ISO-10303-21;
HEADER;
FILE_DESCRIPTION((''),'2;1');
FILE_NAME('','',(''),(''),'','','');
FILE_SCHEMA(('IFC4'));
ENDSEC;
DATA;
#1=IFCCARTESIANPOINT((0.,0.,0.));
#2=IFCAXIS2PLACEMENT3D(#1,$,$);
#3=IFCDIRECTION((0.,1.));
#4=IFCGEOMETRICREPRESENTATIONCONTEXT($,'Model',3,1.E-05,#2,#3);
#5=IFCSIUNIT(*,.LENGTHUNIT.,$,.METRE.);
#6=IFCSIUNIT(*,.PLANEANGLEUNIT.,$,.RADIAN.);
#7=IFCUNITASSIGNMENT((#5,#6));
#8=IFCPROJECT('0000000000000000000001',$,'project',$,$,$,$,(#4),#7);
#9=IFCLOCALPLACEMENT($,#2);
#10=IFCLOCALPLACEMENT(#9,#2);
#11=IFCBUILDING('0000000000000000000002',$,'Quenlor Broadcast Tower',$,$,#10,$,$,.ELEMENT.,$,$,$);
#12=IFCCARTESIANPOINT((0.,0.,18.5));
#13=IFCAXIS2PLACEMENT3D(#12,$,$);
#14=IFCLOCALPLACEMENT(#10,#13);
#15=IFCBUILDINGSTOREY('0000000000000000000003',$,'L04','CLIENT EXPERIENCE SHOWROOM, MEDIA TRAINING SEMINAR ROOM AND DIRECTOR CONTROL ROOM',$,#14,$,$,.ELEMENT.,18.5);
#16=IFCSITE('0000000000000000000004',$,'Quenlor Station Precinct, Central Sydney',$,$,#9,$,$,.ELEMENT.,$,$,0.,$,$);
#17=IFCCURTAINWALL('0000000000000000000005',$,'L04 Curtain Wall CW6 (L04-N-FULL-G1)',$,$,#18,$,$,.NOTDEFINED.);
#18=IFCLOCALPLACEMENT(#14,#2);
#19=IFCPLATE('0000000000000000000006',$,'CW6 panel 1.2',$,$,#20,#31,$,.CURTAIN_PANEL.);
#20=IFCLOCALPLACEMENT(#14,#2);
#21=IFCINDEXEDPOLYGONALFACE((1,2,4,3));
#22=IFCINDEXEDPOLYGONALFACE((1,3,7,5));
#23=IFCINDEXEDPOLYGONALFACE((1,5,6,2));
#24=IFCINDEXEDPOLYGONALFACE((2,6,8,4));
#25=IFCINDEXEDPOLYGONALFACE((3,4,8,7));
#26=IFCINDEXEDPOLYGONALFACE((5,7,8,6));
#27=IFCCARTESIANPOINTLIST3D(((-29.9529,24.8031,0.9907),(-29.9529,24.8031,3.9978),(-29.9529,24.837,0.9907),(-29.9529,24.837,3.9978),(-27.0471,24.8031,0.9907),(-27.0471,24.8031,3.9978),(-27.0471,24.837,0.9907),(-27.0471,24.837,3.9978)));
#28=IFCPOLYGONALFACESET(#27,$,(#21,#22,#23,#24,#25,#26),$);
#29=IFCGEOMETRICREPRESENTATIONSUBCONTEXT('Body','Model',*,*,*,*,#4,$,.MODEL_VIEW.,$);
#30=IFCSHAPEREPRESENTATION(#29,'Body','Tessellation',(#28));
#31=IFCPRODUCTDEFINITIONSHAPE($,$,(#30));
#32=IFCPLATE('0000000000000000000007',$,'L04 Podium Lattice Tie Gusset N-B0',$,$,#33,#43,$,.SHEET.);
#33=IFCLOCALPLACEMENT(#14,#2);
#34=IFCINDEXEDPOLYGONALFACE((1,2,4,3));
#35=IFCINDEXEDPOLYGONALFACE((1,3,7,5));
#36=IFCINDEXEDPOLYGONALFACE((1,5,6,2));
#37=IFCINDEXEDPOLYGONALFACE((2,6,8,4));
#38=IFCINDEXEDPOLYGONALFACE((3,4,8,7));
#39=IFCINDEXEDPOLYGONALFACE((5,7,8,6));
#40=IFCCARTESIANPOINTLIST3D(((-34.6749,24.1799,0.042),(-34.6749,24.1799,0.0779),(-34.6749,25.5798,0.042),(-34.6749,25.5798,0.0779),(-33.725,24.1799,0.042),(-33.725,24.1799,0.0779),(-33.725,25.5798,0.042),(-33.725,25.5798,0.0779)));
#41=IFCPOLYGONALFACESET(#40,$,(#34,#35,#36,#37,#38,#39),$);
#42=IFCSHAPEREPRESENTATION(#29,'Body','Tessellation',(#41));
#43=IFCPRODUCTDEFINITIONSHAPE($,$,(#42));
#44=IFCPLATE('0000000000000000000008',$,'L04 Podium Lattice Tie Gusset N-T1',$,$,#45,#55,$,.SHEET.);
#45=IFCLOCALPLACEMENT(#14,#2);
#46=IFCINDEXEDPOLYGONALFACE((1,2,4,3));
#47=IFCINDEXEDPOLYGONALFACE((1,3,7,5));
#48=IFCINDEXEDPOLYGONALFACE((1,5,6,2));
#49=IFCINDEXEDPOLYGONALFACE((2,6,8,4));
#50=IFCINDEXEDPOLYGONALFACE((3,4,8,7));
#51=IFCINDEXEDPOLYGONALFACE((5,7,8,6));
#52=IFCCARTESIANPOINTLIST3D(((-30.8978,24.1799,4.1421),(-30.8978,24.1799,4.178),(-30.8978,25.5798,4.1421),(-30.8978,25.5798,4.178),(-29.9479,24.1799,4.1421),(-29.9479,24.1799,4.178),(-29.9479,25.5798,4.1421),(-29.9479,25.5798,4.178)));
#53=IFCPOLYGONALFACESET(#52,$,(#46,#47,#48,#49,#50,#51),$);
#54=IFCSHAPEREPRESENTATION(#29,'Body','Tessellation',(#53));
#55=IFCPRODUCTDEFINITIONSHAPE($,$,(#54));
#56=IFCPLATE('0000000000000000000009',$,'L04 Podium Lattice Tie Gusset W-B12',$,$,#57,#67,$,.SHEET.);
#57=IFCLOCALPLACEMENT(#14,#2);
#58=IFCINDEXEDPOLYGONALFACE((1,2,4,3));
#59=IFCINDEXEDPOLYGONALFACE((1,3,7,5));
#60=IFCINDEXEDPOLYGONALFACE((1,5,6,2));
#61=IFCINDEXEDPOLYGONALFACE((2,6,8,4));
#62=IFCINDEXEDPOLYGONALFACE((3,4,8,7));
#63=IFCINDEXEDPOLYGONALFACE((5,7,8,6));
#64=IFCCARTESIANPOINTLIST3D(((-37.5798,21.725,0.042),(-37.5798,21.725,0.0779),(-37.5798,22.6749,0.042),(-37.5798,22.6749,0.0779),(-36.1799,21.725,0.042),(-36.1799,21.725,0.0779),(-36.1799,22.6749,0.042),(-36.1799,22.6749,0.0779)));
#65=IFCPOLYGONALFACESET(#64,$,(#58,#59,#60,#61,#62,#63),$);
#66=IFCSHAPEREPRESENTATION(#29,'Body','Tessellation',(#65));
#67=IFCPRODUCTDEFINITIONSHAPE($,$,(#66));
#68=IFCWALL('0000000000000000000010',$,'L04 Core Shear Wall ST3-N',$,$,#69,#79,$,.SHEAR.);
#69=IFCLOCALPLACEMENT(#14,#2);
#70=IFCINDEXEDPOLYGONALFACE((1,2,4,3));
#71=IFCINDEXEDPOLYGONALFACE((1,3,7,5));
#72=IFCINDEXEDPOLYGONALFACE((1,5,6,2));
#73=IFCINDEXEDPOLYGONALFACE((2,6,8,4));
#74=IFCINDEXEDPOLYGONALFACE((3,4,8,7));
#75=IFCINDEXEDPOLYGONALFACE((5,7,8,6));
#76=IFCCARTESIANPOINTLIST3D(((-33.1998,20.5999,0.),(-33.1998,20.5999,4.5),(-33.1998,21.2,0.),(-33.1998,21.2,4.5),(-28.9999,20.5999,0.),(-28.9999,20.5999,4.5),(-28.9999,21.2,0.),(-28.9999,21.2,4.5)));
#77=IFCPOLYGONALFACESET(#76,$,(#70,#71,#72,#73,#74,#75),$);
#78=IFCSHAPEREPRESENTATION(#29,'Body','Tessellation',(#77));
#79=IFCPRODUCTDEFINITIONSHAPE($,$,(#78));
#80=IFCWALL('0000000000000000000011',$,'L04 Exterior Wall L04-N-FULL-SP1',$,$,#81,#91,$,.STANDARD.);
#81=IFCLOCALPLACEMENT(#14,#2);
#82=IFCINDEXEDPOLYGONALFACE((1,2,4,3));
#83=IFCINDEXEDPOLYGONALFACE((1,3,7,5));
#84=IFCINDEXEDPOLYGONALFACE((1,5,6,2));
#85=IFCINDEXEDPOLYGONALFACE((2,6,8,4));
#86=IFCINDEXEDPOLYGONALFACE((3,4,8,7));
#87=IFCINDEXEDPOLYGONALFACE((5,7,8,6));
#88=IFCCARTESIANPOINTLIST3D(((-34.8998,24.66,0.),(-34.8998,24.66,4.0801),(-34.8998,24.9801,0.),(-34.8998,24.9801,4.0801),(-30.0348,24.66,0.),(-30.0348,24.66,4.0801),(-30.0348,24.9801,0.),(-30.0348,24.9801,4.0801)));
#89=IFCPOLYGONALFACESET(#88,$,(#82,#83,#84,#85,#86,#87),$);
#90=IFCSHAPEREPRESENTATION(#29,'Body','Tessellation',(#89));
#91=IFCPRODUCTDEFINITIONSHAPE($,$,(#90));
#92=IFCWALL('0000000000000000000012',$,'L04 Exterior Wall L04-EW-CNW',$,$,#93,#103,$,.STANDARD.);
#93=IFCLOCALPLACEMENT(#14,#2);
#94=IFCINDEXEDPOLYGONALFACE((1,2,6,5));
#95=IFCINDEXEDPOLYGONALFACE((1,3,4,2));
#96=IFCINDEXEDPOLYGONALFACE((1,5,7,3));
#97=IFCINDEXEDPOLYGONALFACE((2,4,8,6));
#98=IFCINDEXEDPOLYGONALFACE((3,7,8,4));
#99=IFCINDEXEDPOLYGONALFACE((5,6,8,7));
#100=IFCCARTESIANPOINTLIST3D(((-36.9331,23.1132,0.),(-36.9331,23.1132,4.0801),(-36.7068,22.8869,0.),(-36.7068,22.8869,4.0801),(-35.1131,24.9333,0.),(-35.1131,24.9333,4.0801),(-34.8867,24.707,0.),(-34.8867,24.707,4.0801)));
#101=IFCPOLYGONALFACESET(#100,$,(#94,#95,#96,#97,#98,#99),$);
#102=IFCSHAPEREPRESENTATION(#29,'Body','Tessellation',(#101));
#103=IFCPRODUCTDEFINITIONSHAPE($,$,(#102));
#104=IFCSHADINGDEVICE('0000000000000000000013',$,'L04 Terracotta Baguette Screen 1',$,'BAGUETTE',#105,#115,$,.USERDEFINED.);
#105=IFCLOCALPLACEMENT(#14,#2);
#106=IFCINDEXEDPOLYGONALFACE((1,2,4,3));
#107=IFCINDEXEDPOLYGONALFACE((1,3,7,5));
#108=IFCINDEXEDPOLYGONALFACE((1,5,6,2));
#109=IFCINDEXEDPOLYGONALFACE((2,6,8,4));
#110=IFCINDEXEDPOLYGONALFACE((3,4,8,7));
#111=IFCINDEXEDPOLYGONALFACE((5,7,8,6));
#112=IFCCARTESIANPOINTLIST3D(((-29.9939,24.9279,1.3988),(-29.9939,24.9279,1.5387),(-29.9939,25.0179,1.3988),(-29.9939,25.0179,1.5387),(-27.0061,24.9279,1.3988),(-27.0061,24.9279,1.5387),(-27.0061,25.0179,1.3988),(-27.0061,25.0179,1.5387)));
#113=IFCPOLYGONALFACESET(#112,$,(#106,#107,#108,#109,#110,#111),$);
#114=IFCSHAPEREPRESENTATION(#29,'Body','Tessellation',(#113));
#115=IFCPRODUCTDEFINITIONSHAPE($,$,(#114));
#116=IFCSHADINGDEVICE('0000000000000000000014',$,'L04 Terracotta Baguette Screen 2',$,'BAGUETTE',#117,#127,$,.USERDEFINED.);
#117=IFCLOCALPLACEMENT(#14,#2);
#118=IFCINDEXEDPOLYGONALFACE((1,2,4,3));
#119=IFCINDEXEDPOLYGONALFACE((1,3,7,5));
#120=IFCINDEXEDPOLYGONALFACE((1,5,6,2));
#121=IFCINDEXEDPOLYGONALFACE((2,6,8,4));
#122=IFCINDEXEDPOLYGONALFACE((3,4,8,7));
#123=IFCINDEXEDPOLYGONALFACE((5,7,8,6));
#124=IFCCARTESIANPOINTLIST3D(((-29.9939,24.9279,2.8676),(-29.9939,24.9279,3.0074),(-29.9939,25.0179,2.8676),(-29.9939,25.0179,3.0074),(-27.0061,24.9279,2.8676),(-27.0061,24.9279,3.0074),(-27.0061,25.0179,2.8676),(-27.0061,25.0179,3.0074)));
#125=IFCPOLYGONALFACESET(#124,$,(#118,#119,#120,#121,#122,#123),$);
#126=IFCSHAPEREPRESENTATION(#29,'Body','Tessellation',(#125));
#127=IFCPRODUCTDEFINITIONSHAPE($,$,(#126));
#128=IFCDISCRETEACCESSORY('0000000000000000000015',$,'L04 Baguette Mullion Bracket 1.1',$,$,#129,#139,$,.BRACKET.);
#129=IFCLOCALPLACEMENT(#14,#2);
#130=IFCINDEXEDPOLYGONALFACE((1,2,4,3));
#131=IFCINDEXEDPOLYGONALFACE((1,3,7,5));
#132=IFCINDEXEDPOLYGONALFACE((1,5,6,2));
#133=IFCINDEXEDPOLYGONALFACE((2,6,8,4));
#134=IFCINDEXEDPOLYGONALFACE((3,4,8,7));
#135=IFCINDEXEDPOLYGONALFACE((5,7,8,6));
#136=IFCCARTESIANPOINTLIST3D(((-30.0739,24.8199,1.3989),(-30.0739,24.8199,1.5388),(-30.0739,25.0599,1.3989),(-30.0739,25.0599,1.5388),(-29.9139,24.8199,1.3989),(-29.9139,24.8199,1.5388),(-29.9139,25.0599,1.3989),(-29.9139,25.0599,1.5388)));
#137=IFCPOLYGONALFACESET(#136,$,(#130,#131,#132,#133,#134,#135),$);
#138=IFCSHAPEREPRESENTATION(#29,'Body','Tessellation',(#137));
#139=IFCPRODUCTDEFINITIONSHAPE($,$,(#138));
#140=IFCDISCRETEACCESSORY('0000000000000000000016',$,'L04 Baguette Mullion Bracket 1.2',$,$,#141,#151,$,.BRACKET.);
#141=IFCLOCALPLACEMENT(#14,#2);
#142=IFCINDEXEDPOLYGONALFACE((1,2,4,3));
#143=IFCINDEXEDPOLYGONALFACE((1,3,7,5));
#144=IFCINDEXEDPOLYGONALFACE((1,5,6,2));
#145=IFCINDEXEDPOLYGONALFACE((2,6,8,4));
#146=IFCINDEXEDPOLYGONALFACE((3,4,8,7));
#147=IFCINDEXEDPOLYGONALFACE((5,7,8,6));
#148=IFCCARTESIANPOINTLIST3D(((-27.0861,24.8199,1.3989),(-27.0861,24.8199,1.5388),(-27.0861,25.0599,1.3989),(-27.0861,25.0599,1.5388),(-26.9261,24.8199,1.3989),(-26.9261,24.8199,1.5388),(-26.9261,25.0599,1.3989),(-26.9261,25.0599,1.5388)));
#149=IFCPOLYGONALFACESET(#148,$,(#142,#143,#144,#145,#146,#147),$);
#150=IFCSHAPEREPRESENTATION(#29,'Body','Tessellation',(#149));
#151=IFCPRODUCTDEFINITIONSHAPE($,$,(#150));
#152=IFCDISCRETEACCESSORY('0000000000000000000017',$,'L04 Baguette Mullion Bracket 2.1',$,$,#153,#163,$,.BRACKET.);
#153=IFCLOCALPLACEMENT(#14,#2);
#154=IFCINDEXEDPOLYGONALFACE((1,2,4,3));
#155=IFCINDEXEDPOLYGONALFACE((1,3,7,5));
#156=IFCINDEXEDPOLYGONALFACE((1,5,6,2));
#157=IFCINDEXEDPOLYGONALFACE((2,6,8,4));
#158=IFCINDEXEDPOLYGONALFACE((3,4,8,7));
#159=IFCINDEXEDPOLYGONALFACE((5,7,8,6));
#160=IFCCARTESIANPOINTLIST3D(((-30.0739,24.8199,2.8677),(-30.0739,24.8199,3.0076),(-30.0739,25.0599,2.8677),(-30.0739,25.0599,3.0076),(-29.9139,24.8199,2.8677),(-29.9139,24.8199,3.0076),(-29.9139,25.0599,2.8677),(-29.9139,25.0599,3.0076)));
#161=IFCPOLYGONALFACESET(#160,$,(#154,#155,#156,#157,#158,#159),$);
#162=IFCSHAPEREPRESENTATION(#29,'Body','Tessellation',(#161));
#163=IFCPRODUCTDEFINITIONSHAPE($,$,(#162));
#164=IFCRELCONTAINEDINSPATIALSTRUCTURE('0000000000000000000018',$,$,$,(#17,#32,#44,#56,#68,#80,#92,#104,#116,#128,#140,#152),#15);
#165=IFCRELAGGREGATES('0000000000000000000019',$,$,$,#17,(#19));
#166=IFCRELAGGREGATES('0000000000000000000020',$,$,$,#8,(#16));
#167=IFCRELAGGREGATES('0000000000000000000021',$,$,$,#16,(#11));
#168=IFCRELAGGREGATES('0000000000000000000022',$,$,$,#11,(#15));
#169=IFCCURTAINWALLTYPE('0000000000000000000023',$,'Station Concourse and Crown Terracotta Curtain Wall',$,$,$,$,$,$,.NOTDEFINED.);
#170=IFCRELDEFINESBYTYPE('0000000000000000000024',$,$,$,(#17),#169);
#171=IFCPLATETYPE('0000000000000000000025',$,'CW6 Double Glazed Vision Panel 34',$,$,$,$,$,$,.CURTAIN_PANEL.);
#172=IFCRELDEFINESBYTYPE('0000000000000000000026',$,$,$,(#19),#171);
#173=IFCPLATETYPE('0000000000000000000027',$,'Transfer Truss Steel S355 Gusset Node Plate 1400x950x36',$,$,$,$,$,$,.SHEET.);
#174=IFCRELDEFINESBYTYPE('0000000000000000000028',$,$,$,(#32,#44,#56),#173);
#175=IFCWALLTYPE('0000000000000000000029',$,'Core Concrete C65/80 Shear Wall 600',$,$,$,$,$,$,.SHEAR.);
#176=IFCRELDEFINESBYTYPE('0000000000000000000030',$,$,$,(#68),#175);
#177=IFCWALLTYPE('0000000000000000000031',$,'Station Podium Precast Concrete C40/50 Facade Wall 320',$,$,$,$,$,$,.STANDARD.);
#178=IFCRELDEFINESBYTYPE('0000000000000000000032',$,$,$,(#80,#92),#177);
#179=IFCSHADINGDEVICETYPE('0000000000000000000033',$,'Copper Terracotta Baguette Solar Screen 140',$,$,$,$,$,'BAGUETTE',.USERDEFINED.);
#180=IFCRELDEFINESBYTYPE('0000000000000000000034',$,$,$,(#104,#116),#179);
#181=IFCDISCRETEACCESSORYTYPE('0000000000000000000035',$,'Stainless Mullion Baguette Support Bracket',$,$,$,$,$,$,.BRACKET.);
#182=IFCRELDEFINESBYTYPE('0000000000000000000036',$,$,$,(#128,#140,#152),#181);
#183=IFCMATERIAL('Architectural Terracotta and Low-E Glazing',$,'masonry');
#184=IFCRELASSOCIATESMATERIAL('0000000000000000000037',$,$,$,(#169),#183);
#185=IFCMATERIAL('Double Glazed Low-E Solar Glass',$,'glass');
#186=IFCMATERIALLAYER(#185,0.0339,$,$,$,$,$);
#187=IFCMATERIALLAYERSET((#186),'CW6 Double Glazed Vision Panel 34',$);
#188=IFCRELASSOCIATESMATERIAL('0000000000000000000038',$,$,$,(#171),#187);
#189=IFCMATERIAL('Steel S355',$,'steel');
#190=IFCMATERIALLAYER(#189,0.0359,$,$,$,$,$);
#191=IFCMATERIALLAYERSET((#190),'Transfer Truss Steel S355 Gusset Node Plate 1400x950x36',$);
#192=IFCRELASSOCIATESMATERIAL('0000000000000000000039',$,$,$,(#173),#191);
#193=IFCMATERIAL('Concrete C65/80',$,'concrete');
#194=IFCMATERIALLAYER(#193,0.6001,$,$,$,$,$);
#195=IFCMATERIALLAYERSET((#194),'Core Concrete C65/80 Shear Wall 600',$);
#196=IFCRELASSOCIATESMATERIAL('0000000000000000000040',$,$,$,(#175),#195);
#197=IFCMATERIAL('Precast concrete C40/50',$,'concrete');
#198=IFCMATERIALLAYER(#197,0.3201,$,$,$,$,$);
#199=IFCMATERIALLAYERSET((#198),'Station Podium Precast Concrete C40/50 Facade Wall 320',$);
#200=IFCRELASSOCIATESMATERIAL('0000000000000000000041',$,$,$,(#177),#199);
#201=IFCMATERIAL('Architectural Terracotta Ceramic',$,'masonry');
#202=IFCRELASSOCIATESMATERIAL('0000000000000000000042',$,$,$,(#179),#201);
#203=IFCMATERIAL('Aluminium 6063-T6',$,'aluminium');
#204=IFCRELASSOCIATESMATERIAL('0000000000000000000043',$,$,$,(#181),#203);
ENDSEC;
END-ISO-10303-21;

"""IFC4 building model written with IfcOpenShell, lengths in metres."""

from ifc_helpers import new_model, si_unit, direction, frame, frame_2d, origin, origin_2d, place, context, subcontext, project, spatial, rectangle, extrude, material, layer, layer_set, material_profile, profile_set, type_object, element, aggregate, save


model = new_model("IFC4")

# Units and contexts
model_context = context("Model", 3, precision=1e-05, world=origin(), true_north=direction((0.0, 1.0)))
body_context = subcontext(model_context, "Body", "Model", "MODEL_VIEW")
ifc_project = project(units=[si_unit("LENGTHUNIT", "METRE"), si_unit("PLANEANGLEUNIT", "RADIAN")], contexts=[model_context])

# Site, building, storey
site_placement = place(None, origin())
site = spatial("IfcSite", under=ifc_project, at=site_placement, Name="Quenlor Station Precinct, Central Sydney", CompositionType="ELEMENT", RefElevation=0.0)
building_placement = place(site_placement, origin())
building = spatial("IfcBuilding", under=site, at=building_placement, Name="Quenlor Broadcast Tower", CompositionType="ELEMENT")
storey_placement = place(building_placement, frame((0.0, 0.0, 18.5)))
storey = spatial("IfcBuildingStorey", under=building, at=storey_placement, Name="L04", Description="CLIENT EXPERIENCE SHOWROOM, MEDIA TRAINING SEMINAR ROOM AND DIRECTOR CONTROL ROOM", CompositionType="ELEMENT", Elevation=18.5)

# Curtain wall
ifc_material_1 = material(Name="Architectural Terracotta and Low-E Glazing", Category="masonry")
curtain_wall_type = type_object("IfcCurtainWallType", Name="Station Concourse and Crown Terracotta Curtain Wall", PredefinedType="NOTDEFINED", material=ifc_material_1)
curtain_wall_placement = place(storey_placement, origin())
curtain_wall = element("IfcCurtainWall", 1, at=curtain_wall_placement, inside=storey, type_object=curtain_wall_type, Name="L04 Curtain Wall CW6 (L04-N-FULL-G1)", PredefinedType="NOTDEFINED")

# Plate
ifc_material_2 = material(Name="Double Glazed Low-E Solar Glass", Category="glass")
ifc_layer_1 = layer(ifc_material_2, 0.0339)
ifc_layer_set_1 = layer_set([ifc_layer_1], Name="CW6 Double Glazed Vision Panel 34")
plate_type_1 = type_object("IfcPlateType", Name="CW6 Double Glazed Vision Panel 34", PredefinedType="CURTAIN_PANEL", material=ifc_layer_set_1)
plate_1_placement = place(storey_placement, frame((-28.5, 24.8201, 0.9907), z_axis=(0.0, 0.0, 1.0), x_axis=(1.0, 0.0, 0.0)))
plate_1 = element("IfcPlate", 2, at=plate_1_placement, type_object=plate_type_1, Name="CW6 panel 1.2", PredefinedType="CURTAIN_PANEL", context=body_context, shape_type="SweptSolid", body=[
    extrude(rectangle(XDim=2.9058, YDim=0.0339, at=origin_2d()), origin(), (0.0, 0.0, 1.0), 3.0071),
])
aggregate(curtain_wall, [plate_1])

# Plates
ifc_material_3 = material(Name="Steel S355", Category="steel")
ifc_layer_2 = layer(ifc_material_3, 0.0359)
ifc_layer_set_2 = layer_set([ifc_layer_2], Name="Transfer Truss Steel S355 Gusset Node Plate 1400x950x36")
plate_type_2 = type_object("IfcPlateType", Name="Transfer Truss Steel S355 Gusset Node Plate 1400x950x36", PredefinedType="SHEET", material=ifc_layer_set_2)
for number, where, z_axis, x_axis, name in (
    (3, (-34.2, 24.8799, 0.042), (0.0, 0.0, 1.0), (0.0, 1.0, 0.0), "L04 Podium Lattice Tie Gusset N-B0"),
    (4, (-30.4229, 24.8799, 4.1421), (0.0, 0.0, 1.0), (0.0, 1.0, 0.0), "L04 Podium Lattice Tie Gusset N-T1"),
    (5, (-36.8799, 22.2, 0.042), (0.0, 0.0, 1.0), (-1.0, 0.0, 0.0), "L04 Podium Lattice Tie Gusset W-B12"),
):
    element("IfcPlate", number, at=place(storey_placement, frame(where, z_axis=z_axis, x_axis=x_axis)), inside=storey, type_object=plate_type_2, Name=name, PredefinedType="SHEET", context=body_context, shape_type="SweptSolid", body=[
        extrude(rectangle(XDim=1.3999, YDim=0.95, at=origin_2d()), origin(), (0.0, 0.0, 1.0), 0.0359),
    ])

# Walls
ifc_material_4 = material(Name="Concrete C65/80", Category="concrete")
ifc_layer_3 = layer(ifc_material_4, 0.6001)
ifc_layer_set_3 = layer_set([ifc_layer_3], Name="Core Concrete C65/80 Shear Wall 600")
wall_type_1 = type_object("IfcWallType", Name="Core Concrete C65/80 Shear Wall 600", PredefinedType="SHEAR", material=ifc_layer_set_3)
wall_1_placement = place(storey_placement, frame((-33.2, 20.8999, 0.0), z_axis=(0.0, 0.0, 1.0), x_axis=(1.0, 0.0, 0.0)))
element("IfcWall", 6, at=wall_1_placement, inside=storey, type_object=wall_type_1, Name="L04 Core Shear Wall ST3-N", PredefinedType="SHEAR", context=body_context, shape_type="SweptSolid", body=[
    extrude(rectangle(XDim=4.2, YDim=0.6001, at=frame_2d((2.1001, 0.0))), origin(), (0.0, 0.0, 1.0), 4.5),
])
ifc_material_5 = material(Name="Precast concrete C40/50", Category="concrete")
ifc_layer_4 = layer(ifc_material_5, 0.3201)
ifc_layer_set_4 = layer_set([ifc_layer_4], Name="Station Podium Precast Concrete C40/50 Facade Wall 320")
wall_type_2 = type_object("IfcWallType", Name="Station Podium Precast Concrete C40/50 Facade Wall 320", PredefinedType="STANDARD", material=ifc_layer_set_4)
wall_2_placement = place(storey_placement, frame((-34.8999, 24.8201, 0.0), z_axis=(0.0, 0.0, 1.0), x_axis=(1.0, 0.0, 0.0)))
element("IfcWall", 7, at=wall_2_placement, inside=storey, type_object=wall_type_2, Name="L04 Exterior Wall L04-N-FULL-SP1", PredefinedType="STANDARD", context=body_context, shape_type="SweptSolid", body=[
    extrude(rectangle(XDim=4.865, YDim=0.3201, at=frame_2d((2.4326, 0.0))), origin(), (0.0, 0.0, 1.0), 4.0801),
])
wall_3_placement = place(storey_placement, frame((-36.8201, 23.0, 0.0), z_axis=(0.0, 0.0, 1.0), x_axis=(0.707107, 0.707107, 0.0)))
element("IfcWall", 8, at=wall_3_placement, inside=storey, type_object=wall_type_2, Name="L04 Exterior Wall L04-EW-CNW", PredefinedType="STANDARD", context=body_context, shape_type="SweptSolid", body=[
    extrude(rectangle(XDim=2.574, YDim=0.3201, at=frame_2d((1.2871, 0.0))), origin(), (0.0, 0.0, 1.0), 4.0801),
])

# Shading devices
ifc_material_6 = material(Name="Architectural Terracotta Ceramic", Category="masonry")
ifc_material_profile_1 = material_profile(ifc_material_6, rectangle(XDim=0.0901, YDim=0.1399, at=origin_2d()))
ifc_profile_set_1 = profile_set([ifc_material_profile_1], Name="Architectural Terracotta Ceramic BAG90x140")
shading_device_type = type_object("IfcShadingDeviceType", Name="Copper Terracotta Baguette Solar Screen 140", ElementType="BAGUETTE", PredefinedType="USERDEFINED", material=ifc_profile_set_1)
for number, where, z_axis, x_axis, name in (
    (9, (-29.9939, 24.9729, 1.4688), (1.0, 0.0, 0.0), (0.0, 1.0, 0.0), "L04 Terracotta Baguette Screen 1"),
    (10, (-29.9939, 24.9729, 2.9375), (1.0, 0.0, 0.0), (0.0, 1.0, 0.0), "L04 Terracotta Baguette Screen 2"),
):
    element("IfcShadingDevice", number, at=place(storey_placement, frame(where, z_axis=z_axis, x_axis=x_axis)), inside=storey, type_object=shading_device_type, Name=name, ObjectType="BAGUETTE", PredefinedType="USERDEFINED", context=body_context, shape_type="SweptSolid", body=[
        extrude(rectangle(XDim=0.0901, YDim=0.1399, at=origin_2d()), origin(), (0.0, 0.0, 1.0), 2.9878),
    ])

# Discrete accessories
ifc_material_7 = material(Name="Aluminium 6063-T6", Category="aluminium")
discrete_accessory_type = type_object("IfcDiscreteAccessoryType", Name="Stainless Mullion Baguette Support Bracket", PredefinedType="BRACKET", material=ifc_material_7)
for number, where, z_axis, x_axis, name in (
    (11, (-29.9939, 24.9399, 1.3989), (0.0, 0.0, 1.0), (1.0, 0.0, 0.0), "L04 Baguette Mullion Bracket 1.1"),
    (12, (-27.0061, 24.9399, 1.3989), (0.0, 0.0, 1.0), (1.0, 0.0, 0.0), "L04 Baguette Mullion Bracket 1.2"),
    (13, (-29.9939, 24.9399, 2.8677), (0.0, 0.0, 1.0), (1.0, 0.0, 0.0), "L04 Baguette Mullion Bracket 2.1"),
):
    element("IfcDiscreteAccessory", number, at=place(storey_placement, frame(where, z_axis=z_axis, x_axis=x_axis)), inside=storey, type_object=discrete_accessory_type, Name=name, PredefinedType="BRACKET", context=body_context, shape_type="SweptSolid", body=[
        extrude(rectangle(XDim=0.1599, YDim=0.24, at=origin_2d()), origin(), (0.0, 0.0, 1.0), 0.1399),
    ])

save(model, "model.ifc")
